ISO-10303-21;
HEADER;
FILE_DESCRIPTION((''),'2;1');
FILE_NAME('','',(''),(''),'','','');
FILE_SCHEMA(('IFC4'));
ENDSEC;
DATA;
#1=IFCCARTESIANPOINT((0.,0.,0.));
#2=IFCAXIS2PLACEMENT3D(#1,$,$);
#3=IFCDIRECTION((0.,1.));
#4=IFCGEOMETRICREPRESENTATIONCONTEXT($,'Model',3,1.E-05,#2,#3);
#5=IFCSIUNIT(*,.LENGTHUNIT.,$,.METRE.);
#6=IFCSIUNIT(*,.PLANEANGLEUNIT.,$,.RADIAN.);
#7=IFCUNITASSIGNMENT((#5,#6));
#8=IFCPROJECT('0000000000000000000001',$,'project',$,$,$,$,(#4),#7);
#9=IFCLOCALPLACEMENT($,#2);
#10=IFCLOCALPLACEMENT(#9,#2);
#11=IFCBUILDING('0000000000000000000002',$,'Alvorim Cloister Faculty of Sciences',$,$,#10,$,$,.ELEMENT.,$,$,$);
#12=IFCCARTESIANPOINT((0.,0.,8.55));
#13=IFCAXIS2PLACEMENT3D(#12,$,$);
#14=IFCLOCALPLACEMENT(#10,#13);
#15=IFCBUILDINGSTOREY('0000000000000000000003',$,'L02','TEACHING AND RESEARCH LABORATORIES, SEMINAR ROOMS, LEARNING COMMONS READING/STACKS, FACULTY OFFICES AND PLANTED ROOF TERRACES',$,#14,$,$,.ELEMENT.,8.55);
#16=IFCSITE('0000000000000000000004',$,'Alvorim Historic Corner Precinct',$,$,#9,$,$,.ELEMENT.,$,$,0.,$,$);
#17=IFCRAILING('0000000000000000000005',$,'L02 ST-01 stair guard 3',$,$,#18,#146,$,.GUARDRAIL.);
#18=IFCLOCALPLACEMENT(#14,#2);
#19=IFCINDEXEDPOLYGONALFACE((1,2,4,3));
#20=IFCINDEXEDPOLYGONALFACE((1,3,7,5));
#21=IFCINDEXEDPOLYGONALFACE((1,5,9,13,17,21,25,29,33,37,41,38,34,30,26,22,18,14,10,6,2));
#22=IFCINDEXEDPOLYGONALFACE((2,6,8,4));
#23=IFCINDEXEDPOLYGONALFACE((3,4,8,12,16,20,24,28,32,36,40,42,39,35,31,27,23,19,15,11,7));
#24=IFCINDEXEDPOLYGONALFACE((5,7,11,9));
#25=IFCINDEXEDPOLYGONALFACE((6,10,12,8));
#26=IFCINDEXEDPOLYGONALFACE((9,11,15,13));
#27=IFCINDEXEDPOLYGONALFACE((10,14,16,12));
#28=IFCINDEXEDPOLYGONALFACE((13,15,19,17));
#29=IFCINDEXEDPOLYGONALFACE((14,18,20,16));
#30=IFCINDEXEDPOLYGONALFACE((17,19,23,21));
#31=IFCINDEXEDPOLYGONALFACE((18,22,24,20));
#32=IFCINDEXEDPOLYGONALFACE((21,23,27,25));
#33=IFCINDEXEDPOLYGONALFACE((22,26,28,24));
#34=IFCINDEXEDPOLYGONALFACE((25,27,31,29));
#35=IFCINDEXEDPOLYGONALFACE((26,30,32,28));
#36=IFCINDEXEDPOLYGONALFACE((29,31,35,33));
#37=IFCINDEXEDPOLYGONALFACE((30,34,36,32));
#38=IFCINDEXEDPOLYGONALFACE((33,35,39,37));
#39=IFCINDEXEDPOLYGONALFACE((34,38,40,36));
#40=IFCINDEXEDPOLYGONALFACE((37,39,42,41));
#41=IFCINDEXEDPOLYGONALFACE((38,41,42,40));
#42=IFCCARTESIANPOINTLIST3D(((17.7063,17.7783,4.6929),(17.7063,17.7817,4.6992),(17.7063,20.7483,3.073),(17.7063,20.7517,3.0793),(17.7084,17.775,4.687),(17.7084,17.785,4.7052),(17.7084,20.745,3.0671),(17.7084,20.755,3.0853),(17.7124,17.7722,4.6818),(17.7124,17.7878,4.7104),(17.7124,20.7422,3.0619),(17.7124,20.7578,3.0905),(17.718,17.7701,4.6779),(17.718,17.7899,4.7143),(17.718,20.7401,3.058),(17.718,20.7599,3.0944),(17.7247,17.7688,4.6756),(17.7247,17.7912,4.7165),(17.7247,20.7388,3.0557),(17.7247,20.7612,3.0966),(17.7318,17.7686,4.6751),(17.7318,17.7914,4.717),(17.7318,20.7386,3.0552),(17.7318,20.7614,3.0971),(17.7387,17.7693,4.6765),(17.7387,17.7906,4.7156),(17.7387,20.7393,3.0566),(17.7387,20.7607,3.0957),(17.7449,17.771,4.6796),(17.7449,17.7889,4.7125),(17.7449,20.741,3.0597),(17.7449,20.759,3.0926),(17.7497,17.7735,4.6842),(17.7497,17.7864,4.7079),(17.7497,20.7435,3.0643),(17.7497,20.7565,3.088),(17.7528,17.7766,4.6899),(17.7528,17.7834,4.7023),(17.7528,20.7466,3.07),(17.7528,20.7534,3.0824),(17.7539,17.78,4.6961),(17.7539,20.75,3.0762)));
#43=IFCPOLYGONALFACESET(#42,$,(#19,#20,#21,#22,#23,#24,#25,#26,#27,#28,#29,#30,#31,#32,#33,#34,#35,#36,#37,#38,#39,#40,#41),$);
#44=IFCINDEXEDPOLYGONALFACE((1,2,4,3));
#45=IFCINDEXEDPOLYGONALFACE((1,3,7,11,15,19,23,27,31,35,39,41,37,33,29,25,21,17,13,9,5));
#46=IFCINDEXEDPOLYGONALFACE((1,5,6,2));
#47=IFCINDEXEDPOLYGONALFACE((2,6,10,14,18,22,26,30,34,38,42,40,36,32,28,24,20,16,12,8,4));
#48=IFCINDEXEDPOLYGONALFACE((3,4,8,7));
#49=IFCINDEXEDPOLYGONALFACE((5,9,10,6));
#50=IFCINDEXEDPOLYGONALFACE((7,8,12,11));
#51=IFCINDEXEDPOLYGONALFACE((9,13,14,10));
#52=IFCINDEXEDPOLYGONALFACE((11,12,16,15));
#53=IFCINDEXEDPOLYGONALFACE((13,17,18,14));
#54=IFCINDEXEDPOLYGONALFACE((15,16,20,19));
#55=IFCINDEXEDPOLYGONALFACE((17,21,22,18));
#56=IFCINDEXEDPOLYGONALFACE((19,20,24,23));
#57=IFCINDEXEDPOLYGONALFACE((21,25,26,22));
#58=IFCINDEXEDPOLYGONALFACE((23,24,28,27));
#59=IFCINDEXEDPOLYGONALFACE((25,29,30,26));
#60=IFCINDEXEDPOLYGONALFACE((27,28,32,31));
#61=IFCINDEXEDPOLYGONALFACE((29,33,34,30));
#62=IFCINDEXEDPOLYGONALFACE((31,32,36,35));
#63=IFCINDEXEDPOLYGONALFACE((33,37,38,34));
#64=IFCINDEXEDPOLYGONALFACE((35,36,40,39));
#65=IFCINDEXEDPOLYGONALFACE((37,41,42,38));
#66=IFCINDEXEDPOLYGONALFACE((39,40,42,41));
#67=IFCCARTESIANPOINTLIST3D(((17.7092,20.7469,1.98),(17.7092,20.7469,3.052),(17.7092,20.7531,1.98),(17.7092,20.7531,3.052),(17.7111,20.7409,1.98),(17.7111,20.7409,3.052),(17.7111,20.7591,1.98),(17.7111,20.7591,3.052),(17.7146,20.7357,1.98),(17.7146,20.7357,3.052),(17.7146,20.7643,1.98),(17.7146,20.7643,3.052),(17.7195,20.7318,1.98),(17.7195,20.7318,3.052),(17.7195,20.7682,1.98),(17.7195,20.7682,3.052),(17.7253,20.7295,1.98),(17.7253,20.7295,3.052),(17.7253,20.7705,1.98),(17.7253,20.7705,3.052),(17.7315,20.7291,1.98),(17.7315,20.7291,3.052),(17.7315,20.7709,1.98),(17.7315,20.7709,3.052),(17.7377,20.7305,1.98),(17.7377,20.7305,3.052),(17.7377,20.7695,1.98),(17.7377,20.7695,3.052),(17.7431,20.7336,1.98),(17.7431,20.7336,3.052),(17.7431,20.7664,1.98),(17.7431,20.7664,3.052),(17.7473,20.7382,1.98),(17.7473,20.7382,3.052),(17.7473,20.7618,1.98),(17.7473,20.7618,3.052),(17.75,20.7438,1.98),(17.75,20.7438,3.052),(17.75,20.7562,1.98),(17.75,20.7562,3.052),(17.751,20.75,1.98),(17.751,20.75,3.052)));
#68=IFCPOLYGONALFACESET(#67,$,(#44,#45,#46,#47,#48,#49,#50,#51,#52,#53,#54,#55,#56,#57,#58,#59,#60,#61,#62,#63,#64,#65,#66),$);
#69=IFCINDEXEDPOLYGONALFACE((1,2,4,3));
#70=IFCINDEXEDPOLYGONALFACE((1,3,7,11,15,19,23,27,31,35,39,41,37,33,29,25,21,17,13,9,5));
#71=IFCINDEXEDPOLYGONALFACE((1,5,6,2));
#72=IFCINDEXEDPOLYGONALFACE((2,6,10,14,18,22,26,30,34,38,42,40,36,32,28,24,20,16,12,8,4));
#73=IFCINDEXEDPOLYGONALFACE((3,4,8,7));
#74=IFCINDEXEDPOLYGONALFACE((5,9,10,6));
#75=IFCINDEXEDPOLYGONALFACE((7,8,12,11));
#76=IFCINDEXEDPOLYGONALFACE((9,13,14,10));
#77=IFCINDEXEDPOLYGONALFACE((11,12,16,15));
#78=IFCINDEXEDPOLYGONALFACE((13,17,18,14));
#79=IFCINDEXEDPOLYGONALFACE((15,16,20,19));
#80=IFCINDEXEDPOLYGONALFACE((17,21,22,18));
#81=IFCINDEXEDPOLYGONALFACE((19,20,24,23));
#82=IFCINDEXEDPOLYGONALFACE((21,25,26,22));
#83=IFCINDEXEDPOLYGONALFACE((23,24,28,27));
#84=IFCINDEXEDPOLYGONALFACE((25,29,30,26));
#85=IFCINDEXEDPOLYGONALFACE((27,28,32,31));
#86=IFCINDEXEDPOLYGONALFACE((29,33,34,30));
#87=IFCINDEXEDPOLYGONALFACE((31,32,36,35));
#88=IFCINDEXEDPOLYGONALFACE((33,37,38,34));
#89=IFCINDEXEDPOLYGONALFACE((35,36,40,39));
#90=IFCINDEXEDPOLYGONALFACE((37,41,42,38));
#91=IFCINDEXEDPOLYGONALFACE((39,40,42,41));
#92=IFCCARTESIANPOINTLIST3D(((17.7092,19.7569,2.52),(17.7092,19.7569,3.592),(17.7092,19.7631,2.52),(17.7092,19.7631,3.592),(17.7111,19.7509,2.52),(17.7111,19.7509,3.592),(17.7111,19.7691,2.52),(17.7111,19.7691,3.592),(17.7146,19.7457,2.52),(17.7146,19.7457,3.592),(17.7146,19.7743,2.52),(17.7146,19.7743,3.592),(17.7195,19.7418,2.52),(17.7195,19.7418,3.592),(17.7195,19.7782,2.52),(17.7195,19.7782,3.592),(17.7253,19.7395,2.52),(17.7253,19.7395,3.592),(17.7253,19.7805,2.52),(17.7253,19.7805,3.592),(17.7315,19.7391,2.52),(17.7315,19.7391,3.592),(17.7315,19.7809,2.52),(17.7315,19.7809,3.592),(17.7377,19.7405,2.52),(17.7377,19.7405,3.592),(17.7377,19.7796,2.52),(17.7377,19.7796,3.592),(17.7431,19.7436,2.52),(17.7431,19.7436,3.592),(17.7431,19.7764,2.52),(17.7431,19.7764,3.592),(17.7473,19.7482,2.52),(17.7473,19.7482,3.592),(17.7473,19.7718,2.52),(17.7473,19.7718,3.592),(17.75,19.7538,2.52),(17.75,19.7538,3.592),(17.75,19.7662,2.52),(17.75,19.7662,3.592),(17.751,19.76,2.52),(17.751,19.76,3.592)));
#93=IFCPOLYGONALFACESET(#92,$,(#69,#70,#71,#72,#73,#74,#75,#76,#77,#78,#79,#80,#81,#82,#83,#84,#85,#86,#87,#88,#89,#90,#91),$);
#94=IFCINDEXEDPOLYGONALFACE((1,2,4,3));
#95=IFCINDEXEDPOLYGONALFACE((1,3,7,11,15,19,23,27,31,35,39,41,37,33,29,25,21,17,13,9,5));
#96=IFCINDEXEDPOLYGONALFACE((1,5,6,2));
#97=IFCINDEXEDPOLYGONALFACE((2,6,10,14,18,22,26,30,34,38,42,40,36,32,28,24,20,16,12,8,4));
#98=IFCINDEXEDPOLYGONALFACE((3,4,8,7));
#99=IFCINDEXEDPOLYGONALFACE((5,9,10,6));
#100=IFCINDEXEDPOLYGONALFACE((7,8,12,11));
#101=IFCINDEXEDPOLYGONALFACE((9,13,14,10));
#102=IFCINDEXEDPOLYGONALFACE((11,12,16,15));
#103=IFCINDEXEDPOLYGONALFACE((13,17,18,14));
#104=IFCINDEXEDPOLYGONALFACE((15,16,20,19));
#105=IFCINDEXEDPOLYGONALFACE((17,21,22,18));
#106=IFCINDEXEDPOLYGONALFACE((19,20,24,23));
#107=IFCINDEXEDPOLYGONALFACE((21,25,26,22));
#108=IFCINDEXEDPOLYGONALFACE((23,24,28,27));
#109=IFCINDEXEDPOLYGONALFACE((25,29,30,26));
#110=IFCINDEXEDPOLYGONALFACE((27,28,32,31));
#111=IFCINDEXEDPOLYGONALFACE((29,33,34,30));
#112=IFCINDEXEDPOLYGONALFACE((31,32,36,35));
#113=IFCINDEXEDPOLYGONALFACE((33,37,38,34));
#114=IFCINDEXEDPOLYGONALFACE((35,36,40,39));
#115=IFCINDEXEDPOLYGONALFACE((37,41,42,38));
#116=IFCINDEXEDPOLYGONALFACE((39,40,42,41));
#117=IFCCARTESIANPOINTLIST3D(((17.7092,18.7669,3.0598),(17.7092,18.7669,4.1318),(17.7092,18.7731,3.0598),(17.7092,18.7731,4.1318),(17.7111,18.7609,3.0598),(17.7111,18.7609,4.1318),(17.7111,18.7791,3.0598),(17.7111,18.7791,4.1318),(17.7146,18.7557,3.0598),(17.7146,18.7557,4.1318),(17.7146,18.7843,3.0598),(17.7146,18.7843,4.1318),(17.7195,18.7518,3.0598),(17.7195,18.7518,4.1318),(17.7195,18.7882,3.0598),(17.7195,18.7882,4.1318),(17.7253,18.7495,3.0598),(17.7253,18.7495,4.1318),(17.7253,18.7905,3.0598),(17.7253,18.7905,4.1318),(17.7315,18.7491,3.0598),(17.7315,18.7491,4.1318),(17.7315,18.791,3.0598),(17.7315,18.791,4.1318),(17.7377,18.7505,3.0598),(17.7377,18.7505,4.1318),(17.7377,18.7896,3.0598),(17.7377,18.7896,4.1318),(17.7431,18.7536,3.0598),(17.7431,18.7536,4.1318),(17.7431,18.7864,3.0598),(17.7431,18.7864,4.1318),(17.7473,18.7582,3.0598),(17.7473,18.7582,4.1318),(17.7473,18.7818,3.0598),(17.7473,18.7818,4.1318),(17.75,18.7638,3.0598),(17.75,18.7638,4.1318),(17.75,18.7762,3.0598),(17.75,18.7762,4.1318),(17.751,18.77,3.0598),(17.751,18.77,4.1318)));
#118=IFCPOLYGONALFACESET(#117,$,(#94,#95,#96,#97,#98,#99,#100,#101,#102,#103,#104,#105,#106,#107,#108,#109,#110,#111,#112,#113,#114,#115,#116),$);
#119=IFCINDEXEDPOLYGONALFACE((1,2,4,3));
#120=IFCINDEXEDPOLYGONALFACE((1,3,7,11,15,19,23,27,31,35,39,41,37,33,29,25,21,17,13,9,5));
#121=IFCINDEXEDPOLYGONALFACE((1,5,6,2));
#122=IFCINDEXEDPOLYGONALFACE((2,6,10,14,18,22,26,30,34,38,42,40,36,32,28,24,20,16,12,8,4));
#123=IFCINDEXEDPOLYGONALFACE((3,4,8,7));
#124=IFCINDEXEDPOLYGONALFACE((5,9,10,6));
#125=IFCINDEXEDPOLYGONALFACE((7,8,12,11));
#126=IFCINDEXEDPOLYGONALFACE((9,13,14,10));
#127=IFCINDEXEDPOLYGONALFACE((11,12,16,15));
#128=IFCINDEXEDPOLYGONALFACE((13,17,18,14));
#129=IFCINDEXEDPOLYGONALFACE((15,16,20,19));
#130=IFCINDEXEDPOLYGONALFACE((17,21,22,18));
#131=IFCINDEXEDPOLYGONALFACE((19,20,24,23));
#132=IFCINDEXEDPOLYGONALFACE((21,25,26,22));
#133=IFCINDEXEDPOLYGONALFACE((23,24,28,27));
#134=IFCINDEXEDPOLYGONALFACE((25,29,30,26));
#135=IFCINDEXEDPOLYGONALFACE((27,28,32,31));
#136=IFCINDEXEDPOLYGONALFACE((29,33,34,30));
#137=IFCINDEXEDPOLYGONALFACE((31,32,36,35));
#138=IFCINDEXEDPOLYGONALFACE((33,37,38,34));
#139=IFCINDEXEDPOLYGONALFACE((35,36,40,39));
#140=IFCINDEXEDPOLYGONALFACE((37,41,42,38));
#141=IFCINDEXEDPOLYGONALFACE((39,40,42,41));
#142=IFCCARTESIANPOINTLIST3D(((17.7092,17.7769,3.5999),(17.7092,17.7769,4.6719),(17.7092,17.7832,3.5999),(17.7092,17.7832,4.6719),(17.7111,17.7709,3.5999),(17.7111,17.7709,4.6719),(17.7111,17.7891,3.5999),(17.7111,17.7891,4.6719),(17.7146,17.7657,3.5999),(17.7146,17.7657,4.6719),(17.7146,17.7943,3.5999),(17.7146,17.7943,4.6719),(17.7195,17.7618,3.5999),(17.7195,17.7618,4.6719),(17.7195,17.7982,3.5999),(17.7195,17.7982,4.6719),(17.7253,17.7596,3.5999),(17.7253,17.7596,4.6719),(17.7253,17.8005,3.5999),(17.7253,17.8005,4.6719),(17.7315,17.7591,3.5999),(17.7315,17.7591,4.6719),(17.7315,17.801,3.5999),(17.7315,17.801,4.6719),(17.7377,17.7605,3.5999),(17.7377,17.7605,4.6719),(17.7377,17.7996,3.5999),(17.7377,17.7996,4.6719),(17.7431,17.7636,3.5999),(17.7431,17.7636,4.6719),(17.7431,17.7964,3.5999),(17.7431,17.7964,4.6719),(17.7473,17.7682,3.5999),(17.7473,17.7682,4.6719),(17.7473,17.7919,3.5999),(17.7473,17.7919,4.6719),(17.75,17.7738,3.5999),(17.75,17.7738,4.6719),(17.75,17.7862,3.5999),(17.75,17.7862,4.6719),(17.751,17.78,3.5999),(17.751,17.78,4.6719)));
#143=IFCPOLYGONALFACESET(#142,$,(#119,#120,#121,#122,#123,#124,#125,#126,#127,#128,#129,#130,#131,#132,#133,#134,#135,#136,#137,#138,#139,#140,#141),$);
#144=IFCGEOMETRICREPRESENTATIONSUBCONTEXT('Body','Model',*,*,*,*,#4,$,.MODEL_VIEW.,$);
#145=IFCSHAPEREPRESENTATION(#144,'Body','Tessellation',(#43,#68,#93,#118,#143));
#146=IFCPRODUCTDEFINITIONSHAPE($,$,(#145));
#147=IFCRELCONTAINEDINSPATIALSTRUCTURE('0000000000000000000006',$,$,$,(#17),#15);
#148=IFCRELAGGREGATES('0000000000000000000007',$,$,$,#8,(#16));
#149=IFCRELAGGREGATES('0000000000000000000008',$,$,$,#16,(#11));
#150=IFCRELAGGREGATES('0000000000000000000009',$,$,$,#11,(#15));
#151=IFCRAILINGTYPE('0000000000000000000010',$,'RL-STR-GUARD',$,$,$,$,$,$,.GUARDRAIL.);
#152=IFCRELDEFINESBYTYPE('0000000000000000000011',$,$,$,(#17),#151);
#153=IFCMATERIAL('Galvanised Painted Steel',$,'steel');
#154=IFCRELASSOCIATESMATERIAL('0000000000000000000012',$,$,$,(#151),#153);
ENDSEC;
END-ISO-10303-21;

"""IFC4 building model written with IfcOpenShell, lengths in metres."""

from ifc_helpers import new_model, si_unit, direction, frame, origin, origin_2d, place, context, subcontext, project, spatial, circle, extrude, material, type_object, element, save


model = new_model("IFC4")

# Units and contexts
model_context = context("Model", 3, precision=1e-05, world=origin(), true_north=direction((0.0, 1.0)))
body_context = subcontext(model_context, "Body", "Model", "MODEL_VIEW")
ifc_project = project(units=[si_unit("LENGTHUNIT", "METRE"), si_unit("PLANEANGLEUNIT", "RADIAN")], contexts=[model_context])

# Site, building, storey
site_placement = place(None, origin())
site = spatial("IfcSite", under=ifc_project, at=site_placement, Name="Alvorim Historic Corner Precinct", CompositionType="ELEMENT", RefElevation=0.0)
building_placement = place(site_placement, origin())
building = spatial("IfcBuilding", under=site, at=building_placement, Name="Alvorim Cloister Faculty of Sciences", CompositionType="ELEMENT")
storey_placement = place(building_placement, frame((0.0, 0.0, 8.55)))
storey = spatial("IfcBuildingStorey", under=building, at=storey_placement, Name="L02", Description="TEACHING AND RESEARCH LABORATORIES, SEMINAR ROOMS, LEARNING COMMONS READING/STACKS, FACULTY OFFICES AND PLANTED ROOF TERRACES", CompositionType="ELEMENT", Elevation=8.55)

# Railing
ifc_material_1 = material(Name="Galvanised Painted Steel", Category="steel")
railing_type_1 = type_object("IfcRailingType", Name="RL-STR-GUARD", PredefinedType="GUARDRAIL", material=ifc_material_1)
railing_1_placement = place(storey_placement, frame((17.73, 20.75, 1.98)))
element("IfcRailing", 1, at=railing_1_placement, inside=storey, type_object=railing_type_1, Name="L02 ST-01 stair guard 3", PredefinedType="GUARDRAIL", context=body_context, shape_type="SweptSolid", body=[
    extrude(circle(Radius=0.0239, at=origin_2d()), frame((0.0, 0.0, 1.0962), z_axis=(0.0, -0.877909, 0.478827), x_axis=(1.0, 0.0, 0.0)), (0.0, 0.0, 1.0), 3.3831),
    extrude(circle(Radius=0.021, at=origin_2d()), origin(), (0.0, 0.0, 1.0), 1.072),
    extrude(circle(Radius=0.021, at=origin_2d()), frame((0.0, -0.99, 0.54)), (0.0, 0.0, 1.0), 1.072),
    extrude(circle(Radius=0.021, at=origin_2d()), frame((0.0, -1.98, 1.0798)), (0.0, 0.0, 1.0), 1.072),
    extrude(circle(Radius=0.021, at=origin_2d()), frame((0.0, -2.97, 1.6199)), (0.0, 0.0, 1.0), 1.072),
])

save(model, "model.ifc")
